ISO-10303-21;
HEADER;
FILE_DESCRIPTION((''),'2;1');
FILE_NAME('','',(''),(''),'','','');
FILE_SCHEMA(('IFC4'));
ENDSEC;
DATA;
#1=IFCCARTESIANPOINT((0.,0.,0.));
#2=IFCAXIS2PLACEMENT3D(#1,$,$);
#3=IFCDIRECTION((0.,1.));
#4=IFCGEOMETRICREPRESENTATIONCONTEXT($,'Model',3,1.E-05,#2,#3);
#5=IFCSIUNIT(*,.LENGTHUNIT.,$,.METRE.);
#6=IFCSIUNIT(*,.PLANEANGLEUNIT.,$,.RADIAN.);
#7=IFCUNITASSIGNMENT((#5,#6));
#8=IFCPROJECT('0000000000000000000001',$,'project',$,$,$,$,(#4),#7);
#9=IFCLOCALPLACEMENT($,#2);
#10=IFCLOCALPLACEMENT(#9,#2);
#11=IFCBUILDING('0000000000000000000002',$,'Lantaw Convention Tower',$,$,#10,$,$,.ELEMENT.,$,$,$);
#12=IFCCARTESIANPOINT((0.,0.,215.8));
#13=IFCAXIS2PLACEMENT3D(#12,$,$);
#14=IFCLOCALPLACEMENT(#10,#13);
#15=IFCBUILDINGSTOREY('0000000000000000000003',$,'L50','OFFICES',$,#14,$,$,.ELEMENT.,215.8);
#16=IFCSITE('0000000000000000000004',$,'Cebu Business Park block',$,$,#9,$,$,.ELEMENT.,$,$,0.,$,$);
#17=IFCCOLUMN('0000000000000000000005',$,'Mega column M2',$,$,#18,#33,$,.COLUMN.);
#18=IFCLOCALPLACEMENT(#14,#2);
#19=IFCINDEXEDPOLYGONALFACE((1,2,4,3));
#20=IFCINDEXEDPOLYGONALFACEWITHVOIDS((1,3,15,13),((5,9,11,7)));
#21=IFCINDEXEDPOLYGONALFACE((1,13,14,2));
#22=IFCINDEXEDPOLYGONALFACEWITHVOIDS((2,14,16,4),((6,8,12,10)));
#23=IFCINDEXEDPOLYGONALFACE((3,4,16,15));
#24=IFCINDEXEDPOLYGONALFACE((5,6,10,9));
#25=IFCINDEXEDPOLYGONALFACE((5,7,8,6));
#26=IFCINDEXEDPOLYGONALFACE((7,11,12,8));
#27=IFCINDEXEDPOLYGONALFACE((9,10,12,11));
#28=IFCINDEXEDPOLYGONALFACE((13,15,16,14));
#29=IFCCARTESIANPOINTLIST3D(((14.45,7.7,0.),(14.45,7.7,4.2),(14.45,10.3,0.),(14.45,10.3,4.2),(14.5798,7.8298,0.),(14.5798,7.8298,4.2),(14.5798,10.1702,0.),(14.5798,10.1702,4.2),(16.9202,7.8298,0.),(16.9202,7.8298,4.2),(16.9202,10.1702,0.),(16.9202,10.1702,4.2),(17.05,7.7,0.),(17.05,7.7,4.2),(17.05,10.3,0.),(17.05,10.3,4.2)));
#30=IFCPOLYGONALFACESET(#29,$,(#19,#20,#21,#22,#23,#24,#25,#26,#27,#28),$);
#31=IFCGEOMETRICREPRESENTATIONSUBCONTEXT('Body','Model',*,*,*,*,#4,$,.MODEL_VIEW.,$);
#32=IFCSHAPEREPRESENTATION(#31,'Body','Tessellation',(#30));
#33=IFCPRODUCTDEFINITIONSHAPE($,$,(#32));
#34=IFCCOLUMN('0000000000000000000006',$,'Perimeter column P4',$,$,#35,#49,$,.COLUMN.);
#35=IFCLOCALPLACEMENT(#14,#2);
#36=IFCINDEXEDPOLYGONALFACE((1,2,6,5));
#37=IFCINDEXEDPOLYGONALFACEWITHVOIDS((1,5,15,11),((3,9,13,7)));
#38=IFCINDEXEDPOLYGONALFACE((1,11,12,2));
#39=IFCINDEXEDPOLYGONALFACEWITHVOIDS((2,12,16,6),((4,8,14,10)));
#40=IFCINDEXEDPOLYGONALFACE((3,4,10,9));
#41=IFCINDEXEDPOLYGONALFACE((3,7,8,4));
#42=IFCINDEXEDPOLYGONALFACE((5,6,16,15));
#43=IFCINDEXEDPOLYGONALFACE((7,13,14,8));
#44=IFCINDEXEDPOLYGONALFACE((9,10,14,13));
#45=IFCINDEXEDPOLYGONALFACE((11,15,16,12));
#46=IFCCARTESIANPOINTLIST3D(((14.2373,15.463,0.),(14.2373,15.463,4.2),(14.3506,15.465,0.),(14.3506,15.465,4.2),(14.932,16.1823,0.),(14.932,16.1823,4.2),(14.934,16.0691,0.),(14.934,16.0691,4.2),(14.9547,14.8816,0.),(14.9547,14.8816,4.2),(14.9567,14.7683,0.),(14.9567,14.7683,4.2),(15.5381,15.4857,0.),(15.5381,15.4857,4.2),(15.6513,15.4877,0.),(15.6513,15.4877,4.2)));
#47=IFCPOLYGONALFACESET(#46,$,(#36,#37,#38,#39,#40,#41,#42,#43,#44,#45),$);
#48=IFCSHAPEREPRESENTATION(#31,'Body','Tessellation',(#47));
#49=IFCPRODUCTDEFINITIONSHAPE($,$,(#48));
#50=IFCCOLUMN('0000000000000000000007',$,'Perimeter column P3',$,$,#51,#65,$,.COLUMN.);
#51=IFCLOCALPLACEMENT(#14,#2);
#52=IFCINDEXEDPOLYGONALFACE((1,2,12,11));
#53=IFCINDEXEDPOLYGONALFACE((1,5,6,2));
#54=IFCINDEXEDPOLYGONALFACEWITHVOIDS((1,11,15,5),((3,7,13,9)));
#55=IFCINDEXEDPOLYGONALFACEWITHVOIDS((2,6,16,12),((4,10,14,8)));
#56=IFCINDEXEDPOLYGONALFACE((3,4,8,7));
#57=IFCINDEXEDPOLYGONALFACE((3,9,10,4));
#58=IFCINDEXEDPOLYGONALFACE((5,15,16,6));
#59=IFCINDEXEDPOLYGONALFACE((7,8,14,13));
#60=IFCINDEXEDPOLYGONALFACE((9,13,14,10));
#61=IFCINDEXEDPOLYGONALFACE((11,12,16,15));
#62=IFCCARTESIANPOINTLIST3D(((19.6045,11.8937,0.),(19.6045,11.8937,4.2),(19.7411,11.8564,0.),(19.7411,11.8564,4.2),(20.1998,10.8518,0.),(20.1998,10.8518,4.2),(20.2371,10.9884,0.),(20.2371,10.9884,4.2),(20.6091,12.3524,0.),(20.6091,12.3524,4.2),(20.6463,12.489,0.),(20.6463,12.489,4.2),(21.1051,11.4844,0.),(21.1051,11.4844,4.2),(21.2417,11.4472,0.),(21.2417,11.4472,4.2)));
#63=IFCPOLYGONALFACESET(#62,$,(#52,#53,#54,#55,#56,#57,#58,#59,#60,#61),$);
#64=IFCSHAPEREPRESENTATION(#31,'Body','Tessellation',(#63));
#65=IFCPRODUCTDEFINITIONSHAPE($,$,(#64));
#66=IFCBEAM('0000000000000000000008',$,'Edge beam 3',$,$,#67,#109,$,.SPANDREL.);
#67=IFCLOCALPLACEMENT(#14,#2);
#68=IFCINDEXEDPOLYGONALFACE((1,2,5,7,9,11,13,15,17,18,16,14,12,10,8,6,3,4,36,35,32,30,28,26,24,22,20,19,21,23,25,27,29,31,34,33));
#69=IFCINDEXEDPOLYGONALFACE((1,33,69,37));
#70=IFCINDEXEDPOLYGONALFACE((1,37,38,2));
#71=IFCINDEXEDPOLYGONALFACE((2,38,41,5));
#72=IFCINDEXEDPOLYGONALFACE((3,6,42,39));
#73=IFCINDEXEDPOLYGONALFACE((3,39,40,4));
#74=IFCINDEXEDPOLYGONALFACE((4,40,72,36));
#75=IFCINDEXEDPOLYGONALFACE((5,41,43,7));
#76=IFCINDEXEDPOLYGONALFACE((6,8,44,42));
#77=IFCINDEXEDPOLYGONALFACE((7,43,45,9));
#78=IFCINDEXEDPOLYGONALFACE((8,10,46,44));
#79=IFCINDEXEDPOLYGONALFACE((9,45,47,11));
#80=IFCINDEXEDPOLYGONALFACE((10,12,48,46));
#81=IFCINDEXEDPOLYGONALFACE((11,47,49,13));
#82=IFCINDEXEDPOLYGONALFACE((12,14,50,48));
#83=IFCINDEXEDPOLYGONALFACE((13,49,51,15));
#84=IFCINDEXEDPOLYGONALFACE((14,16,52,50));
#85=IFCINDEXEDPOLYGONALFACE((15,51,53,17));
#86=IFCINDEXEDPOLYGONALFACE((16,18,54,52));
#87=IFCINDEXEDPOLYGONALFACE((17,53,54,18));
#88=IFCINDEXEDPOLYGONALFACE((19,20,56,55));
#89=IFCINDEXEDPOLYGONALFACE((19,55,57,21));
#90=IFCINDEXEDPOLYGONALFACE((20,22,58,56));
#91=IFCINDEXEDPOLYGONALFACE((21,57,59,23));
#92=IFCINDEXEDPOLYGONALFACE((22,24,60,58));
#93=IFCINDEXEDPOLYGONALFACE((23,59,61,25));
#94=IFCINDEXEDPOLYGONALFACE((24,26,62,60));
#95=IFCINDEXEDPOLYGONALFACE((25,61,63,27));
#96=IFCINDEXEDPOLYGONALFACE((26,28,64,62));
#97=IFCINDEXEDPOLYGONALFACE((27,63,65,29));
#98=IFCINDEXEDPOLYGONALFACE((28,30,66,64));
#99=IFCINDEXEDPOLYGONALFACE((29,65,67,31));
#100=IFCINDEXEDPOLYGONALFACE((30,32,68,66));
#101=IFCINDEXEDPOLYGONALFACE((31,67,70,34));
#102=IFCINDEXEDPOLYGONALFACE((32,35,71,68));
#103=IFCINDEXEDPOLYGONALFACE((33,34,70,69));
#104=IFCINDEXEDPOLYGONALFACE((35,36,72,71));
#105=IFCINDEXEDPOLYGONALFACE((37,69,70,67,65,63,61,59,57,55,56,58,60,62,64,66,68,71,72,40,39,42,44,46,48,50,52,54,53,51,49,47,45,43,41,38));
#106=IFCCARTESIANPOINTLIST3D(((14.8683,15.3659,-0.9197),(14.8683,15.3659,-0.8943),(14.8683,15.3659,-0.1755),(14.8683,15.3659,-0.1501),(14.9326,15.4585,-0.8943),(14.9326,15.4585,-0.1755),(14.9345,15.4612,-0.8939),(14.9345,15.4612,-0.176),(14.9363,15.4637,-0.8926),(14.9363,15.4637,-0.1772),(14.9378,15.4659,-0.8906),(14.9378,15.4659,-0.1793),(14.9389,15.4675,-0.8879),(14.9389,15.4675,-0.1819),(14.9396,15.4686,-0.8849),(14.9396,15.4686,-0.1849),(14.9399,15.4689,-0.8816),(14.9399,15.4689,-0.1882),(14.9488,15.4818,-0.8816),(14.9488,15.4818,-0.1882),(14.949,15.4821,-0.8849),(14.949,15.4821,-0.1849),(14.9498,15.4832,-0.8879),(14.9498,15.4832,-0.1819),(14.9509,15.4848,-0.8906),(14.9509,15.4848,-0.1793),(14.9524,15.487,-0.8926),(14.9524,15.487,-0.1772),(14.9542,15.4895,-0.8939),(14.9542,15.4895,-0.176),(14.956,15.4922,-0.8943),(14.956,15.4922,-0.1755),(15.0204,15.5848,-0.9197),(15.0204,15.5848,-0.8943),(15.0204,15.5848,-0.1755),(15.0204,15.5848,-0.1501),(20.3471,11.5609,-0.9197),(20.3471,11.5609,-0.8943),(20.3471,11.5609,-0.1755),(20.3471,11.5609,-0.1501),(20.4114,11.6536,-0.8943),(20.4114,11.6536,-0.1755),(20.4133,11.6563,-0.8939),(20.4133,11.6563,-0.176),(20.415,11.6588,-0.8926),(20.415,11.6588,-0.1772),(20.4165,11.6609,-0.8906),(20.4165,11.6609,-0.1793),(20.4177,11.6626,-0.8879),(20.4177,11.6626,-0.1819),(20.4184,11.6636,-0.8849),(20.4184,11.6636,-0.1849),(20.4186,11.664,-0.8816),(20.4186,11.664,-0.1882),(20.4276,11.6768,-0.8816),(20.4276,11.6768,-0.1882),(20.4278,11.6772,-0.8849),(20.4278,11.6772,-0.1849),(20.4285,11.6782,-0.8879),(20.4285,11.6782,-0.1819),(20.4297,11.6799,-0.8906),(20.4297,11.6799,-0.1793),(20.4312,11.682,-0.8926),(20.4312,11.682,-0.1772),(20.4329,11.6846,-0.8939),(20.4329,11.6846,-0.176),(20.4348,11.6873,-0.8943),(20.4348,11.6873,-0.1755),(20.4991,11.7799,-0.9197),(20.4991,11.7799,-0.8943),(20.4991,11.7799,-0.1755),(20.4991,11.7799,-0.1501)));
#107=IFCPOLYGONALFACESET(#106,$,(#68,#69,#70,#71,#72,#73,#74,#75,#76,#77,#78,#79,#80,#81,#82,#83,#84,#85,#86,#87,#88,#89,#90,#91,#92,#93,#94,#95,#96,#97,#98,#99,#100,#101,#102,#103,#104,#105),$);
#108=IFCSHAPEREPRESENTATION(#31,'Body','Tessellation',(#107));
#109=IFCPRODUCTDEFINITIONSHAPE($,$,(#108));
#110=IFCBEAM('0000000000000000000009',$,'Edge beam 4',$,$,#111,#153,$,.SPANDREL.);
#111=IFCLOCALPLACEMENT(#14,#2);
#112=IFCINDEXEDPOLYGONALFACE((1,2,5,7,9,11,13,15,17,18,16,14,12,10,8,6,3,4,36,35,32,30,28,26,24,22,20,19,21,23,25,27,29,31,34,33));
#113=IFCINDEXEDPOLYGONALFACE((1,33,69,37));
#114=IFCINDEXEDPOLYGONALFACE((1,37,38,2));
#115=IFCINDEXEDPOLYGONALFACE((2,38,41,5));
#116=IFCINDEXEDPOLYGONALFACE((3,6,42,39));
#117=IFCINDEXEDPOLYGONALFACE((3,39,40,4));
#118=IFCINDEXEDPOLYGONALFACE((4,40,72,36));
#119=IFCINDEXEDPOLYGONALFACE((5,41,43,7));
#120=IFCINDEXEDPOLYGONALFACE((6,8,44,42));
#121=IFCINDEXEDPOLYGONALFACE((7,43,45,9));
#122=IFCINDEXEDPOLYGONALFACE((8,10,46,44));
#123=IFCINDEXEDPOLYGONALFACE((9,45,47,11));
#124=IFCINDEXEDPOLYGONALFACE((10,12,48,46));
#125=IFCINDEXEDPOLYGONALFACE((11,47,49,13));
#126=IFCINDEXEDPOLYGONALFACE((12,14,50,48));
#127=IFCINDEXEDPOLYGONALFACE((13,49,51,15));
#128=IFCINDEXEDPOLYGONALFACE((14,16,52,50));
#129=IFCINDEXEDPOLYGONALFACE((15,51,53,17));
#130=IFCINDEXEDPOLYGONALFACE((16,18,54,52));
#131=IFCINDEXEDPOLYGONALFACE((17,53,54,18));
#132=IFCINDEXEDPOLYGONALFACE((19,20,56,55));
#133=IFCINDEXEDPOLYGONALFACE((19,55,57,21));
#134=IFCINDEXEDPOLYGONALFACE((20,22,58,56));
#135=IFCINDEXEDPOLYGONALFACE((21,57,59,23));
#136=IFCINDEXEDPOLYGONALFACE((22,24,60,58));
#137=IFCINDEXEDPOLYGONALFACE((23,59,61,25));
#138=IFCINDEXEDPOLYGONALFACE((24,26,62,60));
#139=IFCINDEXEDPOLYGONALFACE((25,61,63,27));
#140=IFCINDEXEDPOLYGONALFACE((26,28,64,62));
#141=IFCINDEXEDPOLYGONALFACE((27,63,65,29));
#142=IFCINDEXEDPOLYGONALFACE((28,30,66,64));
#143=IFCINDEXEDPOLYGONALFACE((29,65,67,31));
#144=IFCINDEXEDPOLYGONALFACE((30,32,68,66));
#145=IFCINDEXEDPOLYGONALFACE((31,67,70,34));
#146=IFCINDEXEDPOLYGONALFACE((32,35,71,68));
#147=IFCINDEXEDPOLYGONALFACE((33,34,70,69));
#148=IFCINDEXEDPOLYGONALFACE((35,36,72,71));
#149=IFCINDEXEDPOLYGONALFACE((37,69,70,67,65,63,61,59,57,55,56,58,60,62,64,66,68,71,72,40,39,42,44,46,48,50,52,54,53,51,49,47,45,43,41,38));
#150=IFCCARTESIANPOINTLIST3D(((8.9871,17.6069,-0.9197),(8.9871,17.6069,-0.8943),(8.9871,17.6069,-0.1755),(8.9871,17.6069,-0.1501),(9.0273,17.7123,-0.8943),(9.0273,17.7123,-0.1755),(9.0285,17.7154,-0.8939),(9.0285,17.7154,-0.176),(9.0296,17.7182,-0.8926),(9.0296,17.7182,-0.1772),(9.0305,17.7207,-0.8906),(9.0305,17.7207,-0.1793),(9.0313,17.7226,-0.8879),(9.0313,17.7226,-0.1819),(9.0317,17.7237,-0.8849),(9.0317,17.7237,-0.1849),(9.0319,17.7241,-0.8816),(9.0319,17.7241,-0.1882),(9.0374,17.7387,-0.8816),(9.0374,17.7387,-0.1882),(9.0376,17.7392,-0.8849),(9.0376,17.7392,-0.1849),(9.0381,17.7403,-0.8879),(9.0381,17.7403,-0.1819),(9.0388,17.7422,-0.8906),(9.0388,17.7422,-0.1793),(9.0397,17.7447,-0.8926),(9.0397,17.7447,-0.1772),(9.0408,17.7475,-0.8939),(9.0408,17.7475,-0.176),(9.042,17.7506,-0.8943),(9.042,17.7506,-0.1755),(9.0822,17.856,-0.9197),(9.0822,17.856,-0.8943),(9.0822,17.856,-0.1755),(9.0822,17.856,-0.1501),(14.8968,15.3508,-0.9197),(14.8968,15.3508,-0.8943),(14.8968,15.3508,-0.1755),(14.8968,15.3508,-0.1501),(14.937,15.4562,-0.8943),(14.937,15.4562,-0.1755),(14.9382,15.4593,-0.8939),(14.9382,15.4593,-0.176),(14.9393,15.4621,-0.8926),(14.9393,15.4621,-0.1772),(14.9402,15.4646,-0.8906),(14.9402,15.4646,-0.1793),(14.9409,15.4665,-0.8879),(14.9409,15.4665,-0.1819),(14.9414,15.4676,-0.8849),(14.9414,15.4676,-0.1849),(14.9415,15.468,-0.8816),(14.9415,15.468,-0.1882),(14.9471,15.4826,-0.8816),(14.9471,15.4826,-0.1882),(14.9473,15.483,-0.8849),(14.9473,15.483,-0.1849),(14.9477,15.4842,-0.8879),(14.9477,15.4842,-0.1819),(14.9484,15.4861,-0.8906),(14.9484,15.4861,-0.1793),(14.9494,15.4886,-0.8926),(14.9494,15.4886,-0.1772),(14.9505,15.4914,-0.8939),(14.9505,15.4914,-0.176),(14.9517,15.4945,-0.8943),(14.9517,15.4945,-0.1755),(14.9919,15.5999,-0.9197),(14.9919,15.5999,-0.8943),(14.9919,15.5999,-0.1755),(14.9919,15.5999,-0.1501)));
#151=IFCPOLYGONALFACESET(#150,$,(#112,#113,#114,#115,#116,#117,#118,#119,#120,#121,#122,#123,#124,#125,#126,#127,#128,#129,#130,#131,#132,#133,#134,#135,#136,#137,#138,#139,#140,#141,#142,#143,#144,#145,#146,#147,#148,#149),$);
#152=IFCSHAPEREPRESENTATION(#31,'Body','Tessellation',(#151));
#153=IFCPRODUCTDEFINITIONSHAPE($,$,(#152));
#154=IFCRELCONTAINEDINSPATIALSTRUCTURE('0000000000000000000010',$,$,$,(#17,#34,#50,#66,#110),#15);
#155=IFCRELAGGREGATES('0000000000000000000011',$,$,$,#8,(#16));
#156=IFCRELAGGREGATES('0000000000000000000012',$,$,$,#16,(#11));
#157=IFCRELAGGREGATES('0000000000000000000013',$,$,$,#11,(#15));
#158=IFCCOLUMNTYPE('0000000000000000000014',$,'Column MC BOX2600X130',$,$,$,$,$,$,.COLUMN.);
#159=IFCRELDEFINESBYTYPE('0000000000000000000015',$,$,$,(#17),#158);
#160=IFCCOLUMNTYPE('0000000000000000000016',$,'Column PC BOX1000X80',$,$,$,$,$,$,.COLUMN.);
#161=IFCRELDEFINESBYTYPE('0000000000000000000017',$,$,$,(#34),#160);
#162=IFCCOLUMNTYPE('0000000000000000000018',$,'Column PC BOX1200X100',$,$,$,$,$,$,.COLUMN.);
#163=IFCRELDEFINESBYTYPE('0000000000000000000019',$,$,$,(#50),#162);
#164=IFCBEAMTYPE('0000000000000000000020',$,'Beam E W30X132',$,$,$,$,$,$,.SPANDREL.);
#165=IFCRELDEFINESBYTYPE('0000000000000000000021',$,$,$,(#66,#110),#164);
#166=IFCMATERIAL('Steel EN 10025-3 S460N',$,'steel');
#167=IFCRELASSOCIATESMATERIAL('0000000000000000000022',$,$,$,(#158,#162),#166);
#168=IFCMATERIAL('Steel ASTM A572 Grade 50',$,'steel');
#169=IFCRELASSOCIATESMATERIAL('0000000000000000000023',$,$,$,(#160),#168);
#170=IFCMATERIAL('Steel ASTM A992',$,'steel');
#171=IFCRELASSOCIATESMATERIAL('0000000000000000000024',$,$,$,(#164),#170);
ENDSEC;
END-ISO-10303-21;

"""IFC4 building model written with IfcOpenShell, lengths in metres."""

from ifc_helpers import new_model, si_unit, direction, frame, origin, origin_2d, place, context, subcontext, project, spatial, rectangle, hollow_rectangle, i_section, extrude, material, material_profile, profile_set, type_object, element, save


model = new_model("IFC4")

# Units and contexts
model_context = context("Model", 3, precision=1e-05, world=origin(), true_north=direction((0.0, 1.0)))
body_context = subcontext(model_context, "Body", "Model", "MODEL_VIEW")
ifc_project = project(units=[si_unit("LENGTHUNIT", "METRE"), si_unit("PLANEANGLEUNIT", "RADIAN")], contexts=[model_context])

# Site, building, storey
site_placement = place(None, origin())
site = spatial("IfcSite", under=ifc_project, at=site_placement, Name="Cebu Business Park block", CompositionType="ELEMENT", RefElevation=0.0)
building_placement = place(site_placement, origin())
building = spatial("IfcBuilding", under=site, at=building_placement, Name="Lantaw Convention Tower", CompositionType="ELEMENT")
storey_placement = place(building_placement, frame((0.0, 0.0, 215.8)))
storey = spatial("IfcBuildingStorey", under=building, at=storey_placement, Name="L50", Description="OFFICES", CompositionType="ELEMENT", Elevation=215.8)

# Columns
ifc_material_1 = material(Name="Steel EN 10025-3 S460N", Category="steel")
ifc_material_profile_1 = material_profile(ifc_material_1, hollow_rectangle(XDim=2.6001, YDim=2.6001, WallThickness=0.1299, at=origin_2d()), Name="BOX2600X130")
ifc_material_2 = material(Name="Concrete C60/75", Category="concrete")
ifc_material_profile_2 = material_profile(ifc_material_2, rectangle(XDim=2.3401, YDim=2.3401, at=origin_2d()), Name="Concrete fill of BOX2600X130")
ifc_profile_set_1 = profile_set([ifc_material_profile_1, ifc_material_profile_2], Name="Steel EN 10025-3 S460N")
column_type_1 = type_object("IfcColumnType", Name="Column MC BOX2600X130", PredefinedType="COLUMN", material=ifc_profile_set_1)
column_1_placement = place(storey_placement, frame((15.75, 9.0, 0.0), z_axis=(0.0, 0.0, 1.0), x_axis=(1.0, 0.0, 0.0)))
element("IfcColumn", 1, at=column_1_placement, inside=storey, type_object=column_type_1, Name="Mega column M2", PredefinedType="COLUMN", context=body_context, shape_type="SweptSolid", body=[
    extrude(hollow_rectangle(XDim=2.6001, YDim=2.6001, WallThickness=0.1299, at=origin_2d()), origin(), (0.0, 0.0, 1.0), 4.2),
])
ifc_material_3 = material(Name="Steel ASTM A572 Grade 50", Category="steel")
ifc_material_profile_3 = material_profile(ifc_material_3, hollow_rectangle(XDim=1.0, YDim=1.0, WallThickness=0.0801, at=origin_2d()), Name="BOX1000X80")
ifc_material_profile_4 = material_profile(ifc_material_2, rectangle(XDim=0.8401, YDim=0.8401, at=origin_2d()), Name="Concrete fill of BOX1000X80")
ifc_profile_set_2 = profile_set([ifc_material_profile_3, ifc_material_profile_4], Name="Steel ASTM A572 Grade 50")
column_type_2 = type_object("IfcColumnType", Name="Column PC BOX1000X80", PredefinedType="COLUMN", material=ifc_profile_set_2)
column_2_placement = place(storey_placement, frame((14.9443, 15.4753, 0.0), z_axis=(0.0, 0.0, 1.0), x_axis=(0.694658, 0.71934, 0.0)))
element("IfcColumn", 2, at=column_2_placement, inside=storey, type_object=column_type_2, Name="Perimeter column P4", PredefinedType="COLUMN", context=body_context, shape_type="SweptSolid", body=[
    extrude(hollow_rectangle(XDim=1.0, YDim=1.0, WallThickness=0.0801, at=origin_2d()), origin(), (0.0, 0.0, 1.0), 4.2),
])
ifc_material_profile_5 = material_profile(ifc_material_1, hollow_rectangle(XDim=1.2, YDim=1.2, WallThickness=0.1001, at=origin_2d()), Name="BOX1200X100")
ifc_material_profile_6 = material_profile(ifc_material_2, rectangle(XDim=1.0, YDim=1.0, at=origin_2d()), Name="Concrete fill of BOX1200X100")
ifc_profile_set_3 = profile_set([ifc_material_profile_5, ifc_material_profile_6], Name="Steel EN 10025-3 S460N")
column_type_3 = type_object("IfcColumnType", Name="Column PC BOX1200X100", PredefinedType="COLUMN", material=ifc_profile_set_3)
column_3_placement = place(storey_placement, frame((20.4231, 11.6704, 0.0), z_axis=(0.0, 0.0, 1.0), x_axis=(0.868243, 0.496139, 0.0)))
element("IfcColumn", 3, at=column_3_placement, inside=storey, type_object=column_type_3, Name="Perimeter column P3", PredefinedType="COLUMN", context=body_context, shape_type="SweptSolid", body=[
    extrude(hollow_rectangle(XDim=1.2, YDim=1.2, WallThickness=0.1001, at=origin_2d()), origin(), (0.0, 0.0, 1.0), 4.2),
])

# Beams
ifc_material_4 = material(Name="Steel ASTM A992", Category="steel")
ifc_material_profile_7 = material_profile(ifc_material_4, i_section(OverallWidth=0.2666, OverallDepth=0.7695, WebThickness=0.0156, FlangeThickness=0.0254, FilletRadius=0.0127, at=origin_2d()), Name="W30X132")
ifc_profile_set_4 = profile_set([ifc_material_profile_7], Name="Steel ASTM A992")
beam_type_1 = type_object("IfcBeamType", Name="Beam E W30X132", PredefinedType="SPANDREL", material=ifc_profile_set_4)
beam_1_placement = place(storey_placement, frame((20.4231, 11.6704, -0.5349), z_axis=(-0.821353, 0.57042, 0.0), x_axis=(-0.57042, -0.821353, 0.0)))
element("IfcBeam", 4, at=beam_1_placement, inside=storey, type_object=beam_type_1, Name="Edge beam 3", PredefinedType="SPANDREL", context=body_context, shape_type="SweptSolid", body=[
    extrude(i_section(OverallWidth=0.2666, OverallDepth=0.7695, WebThickness=0.0156, FlangeThickness=0.0254, FilletRadius=0.0127, at=origin_2d()), origin(), (0.0, 0.0, 1.0), 6.6704),
])
beam_2_placement = place(storey_placement, frame((14.9443, 15.4753, -0.5349), z_axis=(-0.934235, 0.356658, 0.0), x_axis=(-0.356658, -0.934235, 0.0)))
element("IfcBeam", 5, at=beam_2_placement, inside=storey, type_object=beam_type_1, Name="Edge beam 4", PredefinedType="SPANDREL", context=body_context, shape_type="SweptSolid", body=[
    extrude(i_section(OverallWidth=0.2666, OverallDepth=0.7695, WebThickness=0.0156, FlangeThickness=0.0254, FilletRadius=0.0127, at=origin_2d()), origin(), (0.0, 0.0, 1.0), 6.3257),
])

save(model, "model.ifc")
